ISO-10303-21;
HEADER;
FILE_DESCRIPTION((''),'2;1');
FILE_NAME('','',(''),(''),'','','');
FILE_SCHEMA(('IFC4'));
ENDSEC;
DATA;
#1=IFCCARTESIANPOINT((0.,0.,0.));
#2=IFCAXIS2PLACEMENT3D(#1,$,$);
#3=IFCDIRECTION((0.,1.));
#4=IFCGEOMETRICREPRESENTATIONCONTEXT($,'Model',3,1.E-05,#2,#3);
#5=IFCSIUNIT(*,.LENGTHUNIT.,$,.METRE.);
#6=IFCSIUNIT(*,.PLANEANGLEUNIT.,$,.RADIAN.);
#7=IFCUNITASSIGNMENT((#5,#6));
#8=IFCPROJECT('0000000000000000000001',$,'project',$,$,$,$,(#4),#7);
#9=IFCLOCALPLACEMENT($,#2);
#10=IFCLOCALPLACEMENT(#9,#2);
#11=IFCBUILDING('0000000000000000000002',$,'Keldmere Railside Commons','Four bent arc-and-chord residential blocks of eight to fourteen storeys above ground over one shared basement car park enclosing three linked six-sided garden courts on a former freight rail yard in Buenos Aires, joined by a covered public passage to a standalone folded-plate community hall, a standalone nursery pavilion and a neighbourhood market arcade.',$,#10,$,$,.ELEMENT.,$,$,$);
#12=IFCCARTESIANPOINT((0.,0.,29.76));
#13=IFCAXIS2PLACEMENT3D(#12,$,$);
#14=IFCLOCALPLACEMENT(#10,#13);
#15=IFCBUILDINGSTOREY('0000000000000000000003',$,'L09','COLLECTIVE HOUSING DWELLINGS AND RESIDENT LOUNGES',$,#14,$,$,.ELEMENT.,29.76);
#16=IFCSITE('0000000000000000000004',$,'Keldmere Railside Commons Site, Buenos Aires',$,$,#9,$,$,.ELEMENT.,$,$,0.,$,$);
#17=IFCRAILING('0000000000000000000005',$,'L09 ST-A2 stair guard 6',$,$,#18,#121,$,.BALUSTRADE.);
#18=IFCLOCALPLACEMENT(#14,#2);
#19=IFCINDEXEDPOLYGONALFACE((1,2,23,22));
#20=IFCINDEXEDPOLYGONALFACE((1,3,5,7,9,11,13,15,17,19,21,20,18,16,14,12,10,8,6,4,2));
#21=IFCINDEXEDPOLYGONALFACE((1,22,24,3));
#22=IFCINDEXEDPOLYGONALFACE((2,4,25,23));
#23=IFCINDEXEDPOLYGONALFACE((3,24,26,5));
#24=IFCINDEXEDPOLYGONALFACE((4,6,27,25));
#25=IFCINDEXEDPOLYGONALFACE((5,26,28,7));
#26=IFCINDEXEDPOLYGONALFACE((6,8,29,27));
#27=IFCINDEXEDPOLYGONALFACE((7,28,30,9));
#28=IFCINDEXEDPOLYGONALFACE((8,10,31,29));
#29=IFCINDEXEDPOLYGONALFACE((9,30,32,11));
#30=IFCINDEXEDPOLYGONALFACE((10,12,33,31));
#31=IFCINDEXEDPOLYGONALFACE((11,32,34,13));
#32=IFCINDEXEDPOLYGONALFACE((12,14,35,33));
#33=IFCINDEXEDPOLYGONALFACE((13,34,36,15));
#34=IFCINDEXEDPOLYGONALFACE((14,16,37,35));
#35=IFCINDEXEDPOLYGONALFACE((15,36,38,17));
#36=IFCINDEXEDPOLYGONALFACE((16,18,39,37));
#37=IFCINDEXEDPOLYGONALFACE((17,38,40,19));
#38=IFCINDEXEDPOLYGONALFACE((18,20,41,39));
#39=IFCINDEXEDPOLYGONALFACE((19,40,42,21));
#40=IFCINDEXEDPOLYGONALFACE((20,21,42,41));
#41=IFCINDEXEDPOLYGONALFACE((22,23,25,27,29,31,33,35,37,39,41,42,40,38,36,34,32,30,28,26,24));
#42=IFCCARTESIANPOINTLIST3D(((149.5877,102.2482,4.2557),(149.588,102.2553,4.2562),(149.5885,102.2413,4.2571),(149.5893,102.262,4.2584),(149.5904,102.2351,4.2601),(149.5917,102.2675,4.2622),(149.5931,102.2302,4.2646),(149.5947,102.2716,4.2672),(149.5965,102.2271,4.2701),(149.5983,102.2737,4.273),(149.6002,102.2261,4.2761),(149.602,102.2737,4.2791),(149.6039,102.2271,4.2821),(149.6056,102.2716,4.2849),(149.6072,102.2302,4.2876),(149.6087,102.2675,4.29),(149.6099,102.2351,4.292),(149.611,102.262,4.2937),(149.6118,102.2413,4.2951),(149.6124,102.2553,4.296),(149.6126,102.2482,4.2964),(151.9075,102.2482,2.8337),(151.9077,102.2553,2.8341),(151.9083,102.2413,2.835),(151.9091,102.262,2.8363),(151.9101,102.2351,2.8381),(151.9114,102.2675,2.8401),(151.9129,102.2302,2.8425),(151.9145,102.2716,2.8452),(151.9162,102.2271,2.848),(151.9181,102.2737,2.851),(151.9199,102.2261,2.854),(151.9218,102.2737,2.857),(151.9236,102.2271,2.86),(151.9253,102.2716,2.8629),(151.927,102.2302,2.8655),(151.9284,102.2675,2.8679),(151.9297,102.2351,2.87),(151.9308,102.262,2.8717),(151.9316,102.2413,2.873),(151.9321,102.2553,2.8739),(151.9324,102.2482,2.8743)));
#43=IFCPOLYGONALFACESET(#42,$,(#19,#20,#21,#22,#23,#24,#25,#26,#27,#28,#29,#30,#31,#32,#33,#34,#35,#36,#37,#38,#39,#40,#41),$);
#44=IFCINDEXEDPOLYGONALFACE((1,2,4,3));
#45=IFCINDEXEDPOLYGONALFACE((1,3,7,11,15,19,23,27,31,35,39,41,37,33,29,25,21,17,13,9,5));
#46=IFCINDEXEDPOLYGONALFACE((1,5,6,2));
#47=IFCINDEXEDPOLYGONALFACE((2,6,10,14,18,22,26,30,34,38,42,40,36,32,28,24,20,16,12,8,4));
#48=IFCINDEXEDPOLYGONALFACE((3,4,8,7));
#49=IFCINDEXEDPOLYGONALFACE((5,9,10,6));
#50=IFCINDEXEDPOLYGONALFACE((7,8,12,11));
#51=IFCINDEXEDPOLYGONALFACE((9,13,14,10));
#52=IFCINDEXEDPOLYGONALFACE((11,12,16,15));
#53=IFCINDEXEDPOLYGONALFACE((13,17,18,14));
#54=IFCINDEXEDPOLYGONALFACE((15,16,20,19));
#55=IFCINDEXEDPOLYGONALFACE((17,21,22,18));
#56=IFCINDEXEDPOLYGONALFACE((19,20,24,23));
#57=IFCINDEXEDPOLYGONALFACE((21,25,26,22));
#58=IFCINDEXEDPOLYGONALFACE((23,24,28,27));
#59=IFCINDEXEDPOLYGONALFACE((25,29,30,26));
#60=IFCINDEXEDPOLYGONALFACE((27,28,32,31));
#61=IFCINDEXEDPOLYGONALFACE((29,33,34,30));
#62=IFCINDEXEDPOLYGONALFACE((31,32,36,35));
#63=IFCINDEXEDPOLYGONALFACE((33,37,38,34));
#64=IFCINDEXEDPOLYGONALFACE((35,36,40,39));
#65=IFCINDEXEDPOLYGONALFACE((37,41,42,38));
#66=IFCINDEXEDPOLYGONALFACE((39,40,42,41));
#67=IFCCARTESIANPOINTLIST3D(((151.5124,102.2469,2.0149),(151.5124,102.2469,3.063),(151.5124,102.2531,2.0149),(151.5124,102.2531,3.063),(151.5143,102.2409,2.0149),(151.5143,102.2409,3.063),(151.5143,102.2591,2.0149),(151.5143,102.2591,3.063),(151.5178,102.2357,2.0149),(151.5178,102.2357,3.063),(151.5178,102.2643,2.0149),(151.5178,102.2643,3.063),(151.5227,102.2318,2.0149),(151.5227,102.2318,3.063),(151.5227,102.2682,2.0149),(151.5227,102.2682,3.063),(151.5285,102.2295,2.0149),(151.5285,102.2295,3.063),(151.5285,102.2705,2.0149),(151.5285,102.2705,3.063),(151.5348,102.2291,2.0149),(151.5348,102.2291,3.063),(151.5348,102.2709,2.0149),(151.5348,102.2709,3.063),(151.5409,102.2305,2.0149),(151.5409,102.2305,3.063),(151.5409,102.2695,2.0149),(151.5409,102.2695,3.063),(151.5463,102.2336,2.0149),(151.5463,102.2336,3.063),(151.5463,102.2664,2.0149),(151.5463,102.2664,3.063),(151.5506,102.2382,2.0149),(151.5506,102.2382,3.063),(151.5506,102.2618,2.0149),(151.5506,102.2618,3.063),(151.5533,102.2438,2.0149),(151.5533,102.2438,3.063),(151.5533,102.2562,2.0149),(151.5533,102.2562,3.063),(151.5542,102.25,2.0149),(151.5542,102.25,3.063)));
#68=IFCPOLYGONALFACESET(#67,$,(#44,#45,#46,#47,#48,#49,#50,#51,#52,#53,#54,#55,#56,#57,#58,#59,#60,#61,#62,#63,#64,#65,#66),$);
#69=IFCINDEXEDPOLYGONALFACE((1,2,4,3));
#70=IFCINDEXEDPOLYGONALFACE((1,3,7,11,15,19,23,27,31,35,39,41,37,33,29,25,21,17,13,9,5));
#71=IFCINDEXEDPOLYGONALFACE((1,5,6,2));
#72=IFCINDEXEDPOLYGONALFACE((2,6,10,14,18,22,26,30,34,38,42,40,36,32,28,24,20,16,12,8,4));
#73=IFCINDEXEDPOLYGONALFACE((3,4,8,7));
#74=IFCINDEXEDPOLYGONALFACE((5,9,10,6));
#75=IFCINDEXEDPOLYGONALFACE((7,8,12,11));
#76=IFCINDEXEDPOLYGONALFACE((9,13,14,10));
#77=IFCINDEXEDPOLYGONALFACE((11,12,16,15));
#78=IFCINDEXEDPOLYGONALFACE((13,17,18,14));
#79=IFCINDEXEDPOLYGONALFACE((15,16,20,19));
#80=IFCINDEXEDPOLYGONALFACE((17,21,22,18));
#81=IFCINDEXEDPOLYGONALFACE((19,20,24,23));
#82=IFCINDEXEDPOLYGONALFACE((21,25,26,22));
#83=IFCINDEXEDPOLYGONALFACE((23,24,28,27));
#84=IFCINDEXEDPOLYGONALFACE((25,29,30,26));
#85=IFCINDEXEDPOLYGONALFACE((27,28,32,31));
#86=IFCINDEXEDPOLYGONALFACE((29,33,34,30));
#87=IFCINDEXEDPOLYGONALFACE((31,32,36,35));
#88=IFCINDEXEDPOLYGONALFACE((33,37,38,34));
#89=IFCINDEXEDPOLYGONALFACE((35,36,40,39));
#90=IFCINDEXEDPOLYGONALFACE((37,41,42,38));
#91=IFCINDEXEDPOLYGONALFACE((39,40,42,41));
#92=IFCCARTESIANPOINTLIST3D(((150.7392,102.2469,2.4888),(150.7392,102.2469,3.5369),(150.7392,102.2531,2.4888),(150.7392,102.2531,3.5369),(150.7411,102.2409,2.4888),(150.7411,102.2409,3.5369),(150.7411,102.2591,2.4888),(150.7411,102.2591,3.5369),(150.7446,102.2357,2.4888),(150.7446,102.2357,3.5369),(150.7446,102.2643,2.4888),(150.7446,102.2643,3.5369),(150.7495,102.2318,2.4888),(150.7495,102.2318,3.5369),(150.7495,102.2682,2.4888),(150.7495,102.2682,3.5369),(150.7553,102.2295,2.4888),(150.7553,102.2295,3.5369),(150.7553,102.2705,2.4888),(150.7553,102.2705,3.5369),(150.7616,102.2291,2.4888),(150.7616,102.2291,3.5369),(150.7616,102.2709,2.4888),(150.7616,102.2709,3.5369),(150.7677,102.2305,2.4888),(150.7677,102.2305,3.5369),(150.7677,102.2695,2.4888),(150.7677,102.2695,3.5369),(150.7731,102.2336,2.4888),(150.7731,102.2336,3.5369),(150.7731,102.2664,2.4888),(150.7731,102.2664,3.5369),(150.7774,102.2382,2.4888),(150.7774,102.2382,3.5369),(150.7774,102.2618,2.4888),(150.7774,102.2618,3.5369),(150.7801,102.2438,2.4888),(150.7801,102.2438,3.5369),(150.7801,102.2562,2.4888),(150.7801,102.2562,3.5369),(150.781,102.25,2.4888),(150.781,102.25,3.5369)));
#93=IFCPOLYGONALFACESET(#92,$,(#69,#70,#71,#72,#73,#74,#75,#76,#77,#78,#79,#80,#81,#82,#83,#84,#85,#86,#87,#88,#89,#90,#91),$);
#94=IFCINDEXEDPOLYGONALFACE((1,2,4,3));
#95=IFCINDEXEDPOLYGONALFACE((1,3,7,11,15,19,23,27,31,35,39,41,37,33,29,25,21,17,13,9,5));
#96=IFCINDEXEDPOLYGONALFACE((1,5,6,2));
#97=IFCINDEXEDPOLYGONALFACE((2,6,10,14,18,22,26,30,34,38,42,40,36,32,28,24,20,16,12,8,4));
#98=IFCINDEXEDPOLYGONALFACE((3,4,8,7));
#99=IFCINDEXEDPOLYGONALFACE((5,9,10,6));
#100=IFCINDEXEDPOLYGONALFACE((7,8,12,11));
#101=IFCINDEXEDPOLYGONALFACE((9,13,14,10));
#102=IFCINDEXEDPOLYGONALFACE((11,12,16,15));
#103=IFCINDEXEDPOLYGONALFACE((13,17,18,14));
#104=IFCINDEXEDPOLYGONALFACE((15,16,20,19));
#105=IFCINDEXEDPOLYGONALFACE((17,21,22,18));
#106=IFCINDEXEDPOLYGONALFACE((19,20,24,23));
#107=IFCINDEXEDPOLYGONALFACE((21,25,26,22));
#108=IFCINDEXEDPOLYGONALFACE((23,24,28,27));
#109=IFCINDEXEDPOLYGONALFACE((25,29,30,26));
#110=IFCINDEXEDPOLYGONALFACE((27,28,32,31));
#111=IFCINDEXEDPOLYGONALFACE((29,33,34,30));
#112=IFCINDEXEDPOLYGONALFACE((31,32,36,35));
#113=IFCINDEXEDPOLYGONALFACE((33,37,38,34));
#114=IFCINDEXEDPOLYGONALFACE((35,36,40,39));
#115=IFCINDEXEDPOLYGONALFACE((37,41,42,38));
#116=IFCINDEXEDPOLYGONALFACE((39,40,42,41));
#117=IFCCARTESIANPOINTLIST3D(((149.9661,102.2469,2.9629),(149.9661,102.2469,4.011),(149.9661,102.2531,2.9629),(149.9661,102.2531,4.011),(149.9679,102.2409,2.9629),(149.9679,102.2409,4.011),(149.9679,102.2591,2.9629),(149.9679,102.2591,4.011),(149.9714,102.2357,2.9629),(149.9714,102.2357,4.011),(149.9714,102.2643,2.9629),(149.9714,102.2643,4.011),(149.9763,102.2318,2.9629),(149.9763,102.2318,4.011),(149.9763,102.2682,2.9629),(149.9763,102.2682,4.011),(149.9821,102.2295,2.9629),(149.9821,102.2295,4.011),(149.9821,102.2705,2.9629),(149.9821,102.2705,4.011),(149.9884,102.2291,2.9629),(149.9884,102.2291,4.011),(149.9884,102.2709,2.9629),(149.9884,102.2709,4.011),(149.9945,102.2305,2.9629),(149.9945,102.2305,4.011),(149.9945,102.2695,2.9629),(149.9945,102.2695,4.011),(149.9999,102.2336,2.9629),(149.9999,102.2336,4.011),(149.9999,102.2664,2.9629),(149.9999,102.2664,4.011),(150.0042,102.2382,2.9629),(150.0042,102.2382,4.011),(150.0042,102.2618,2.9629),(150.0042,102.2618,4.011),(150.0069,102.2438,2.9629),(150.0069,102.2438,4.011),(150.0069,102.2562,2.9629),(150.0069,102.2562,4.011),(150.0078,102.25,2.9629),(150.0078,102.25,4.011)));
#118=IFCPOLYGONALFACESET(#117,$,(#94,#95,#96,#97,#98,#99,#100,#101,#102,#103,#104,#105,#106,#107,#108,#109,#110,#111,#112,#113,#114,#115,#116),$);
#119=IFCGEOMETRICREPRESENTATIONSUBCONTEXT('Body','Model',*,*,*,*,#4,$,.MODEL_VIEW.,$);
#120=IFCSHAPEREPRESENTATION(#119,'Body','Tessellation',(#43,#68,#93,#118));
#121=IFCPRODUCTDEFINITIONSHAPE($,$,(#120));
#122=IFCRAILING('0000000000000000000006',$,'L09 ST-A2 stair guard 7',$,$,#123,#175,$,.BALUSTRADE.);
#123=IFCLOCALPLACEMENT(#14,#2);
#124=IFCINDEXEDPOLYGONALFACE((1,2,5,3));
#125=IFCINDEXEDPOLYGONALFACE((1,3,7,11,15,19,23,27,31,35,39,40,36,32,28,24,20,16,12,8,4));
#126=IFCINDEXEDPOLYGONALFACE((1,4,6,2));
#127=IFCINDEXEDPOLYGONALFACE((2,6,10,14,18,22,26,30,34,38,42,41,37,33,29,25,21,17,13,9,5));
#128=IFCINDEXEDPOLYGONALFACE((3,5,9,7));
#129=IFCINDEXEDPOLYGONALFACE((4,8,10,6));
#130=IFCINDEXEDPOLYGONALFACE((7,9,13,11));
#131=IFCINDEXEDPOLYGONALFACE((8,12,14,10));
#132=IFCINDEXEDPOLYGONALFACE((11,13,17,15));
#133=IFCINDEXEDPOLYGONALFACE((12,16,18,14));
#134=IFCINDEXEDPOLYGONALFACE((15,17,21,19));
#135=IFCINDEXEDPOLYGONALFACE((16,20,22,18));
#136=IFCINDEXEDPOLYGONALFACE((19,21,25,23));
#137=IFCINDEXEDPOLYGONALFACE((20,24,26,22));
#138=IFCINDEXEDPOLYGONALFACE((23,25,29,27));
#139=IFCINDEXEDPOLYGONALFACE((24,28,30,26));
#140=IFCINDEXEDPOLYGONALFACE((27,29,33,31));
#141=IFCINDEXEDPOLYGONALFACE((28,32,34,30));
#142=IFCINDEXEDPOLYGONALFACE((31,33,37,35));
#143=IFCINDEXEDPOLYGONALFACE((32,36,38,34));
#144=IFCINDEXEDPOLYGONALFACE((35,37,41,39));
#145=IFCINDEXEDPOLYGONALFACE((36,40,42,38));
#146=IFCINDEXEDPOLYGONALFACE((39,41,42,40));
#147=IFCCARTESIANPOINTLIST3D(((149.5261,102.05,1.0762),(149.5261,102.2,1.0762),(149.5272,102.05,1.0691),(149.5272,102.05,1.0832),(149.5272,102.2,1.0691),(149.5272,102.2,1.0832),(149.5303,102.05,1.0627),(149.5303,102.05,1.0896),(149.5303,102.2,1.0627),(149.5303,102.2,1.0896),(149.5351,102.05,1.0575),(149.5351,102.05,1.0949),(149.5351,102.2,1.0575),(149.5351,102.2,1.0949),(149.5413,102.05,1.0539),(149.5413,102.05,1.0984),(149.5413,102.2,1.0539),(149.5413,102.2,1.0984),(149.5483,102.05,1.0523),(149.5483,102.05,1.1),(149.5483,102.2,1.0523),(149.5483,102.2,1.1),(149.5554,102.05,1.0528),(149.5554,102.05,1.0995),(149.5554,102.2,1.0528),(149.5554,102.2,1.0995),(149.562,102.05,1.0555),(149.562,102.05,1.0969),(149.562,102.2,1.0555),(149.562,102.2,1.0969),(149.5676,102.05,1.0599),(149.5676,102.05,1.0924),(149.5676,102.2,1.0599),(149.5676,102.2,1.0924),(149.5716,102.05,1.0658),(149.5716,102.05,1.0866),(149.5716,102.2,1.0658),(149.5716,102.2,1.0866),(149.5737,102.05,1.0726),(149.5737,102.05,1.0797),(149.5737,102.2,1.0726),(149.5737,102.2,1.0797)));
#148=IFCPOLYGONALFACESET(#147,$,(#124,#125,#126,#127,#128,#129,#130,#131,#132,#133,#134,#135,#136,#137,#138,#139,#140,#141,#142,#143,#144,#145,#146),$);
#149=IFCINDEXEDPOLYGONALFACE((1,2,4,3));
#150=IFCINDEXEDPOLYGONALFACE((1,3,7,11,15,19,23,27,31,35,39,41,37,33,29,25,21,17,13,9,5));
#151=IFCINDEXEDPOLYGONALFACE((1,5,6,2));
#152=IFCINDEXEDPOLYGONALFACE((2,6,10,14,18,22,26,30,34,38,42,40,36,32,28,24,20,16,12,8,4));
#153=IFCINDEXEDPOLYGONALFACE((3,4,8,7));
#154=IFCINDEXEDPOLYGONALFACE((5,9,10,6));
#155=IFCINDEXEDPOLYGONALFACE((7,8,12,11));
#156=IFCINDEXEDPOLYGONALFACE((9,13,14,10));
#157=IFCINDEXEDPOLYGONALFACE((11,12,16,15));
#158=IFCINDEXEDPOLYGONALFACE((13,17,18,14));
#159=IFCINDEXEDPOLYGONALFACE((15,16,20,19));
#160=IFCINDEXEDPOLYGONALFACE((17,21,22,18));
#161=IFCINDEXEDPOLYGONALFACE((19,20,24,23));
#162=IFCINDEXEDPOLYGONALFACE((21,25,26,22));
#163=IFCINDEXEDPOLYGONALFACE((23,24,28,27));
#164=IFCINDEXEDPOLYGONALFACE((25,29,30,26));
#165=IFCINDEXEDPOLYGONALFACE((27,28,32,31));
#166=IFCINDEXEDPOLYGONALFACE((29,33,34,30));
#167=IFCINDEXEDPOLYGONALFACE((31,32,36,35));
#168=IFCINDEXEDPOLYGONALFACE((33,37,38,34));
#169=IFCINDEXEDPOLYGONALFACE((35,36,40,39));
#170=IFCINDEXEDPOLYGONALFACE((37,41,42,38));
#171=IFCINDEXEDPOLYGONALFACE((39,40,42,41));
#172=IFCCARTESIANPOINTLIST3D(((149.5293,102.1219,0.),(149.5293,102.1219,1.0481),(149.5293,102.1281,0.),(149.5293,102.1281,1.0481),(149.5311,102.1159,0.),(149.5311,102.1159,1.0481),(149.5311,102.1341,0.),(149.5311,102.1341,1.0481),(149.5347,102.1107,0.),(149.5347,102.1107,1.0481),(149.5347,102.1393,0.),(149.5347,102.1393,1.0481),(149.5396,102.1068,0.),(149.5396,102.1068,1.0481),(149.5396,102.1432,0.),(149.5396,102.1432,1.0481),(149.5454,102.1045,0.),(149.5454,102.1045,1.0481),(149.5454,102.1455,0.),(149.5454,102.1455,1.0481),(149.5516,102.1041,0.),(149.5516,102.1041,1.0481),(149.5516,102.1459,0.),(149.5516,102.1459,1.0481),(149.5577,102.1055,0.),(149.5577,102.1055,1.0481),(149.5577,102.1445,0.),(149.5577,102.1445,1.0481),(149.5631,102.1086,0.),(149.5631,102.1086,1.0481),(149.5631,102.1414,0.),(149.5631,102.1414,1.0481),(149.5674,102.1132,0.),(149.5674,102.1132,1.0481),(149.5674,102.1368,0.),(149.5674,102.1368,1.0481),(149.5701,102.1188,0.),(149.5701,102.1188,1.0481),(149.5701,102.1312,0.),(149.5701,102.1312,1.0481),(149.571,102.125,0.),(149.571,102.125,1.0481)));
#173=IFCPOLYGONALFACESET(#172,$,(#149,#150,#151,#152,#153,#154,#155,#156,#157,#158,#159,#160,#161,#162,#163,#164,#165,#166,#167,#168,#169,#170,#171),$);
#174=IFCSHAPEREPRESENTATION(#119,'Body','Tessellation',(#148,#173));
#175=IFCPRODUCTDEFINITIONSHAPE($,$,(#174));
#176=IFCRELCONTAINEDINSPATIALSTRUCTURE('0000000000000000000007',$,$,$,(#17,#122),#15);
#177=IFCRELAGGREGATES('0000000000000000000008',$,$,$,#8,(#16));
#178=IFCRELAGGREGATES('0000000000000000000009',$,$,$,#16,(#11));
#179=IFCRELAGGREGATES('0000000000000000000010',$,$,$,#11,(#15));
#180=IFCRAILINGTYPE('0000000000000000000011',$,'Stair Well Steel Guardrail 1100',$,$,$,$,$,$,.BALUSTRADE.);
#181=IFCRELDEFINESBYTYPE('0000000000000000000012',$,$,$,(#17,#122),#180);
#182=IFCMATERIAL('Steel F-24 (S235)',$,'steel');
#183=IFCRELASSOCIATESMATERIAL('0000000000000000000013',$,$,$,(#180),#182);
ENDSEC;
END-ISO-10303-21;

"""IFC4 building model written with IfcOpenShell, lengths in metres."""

from ifc_helpers import new_model, si_unit, direction, frame, origin, origin_2d, place, context, subcontext, project, spatial, circle, extrude, material, type_object, element, save


model = new_model("IFC4")

# Units and contexts
model_context = context("Model", 3, precision=1e-05, world=origin(), true_north=direction((0.0, 1.0)))
body_context = subcontext(model_context, "Body", "Model", "MODEL_VIEW")
ifc_project = project(units=[si_unit("LENGTHUNIT", "METRE"), si_unit("PLANEANGLEUNIT", "RADIAN")], contexts=[model_context])

# Site, building, storey
site_placement = place(None, origin())
site = spatial("IfcSite", under=ifc_project, at=site_placement, Name="Keldmere Railside Commons Site, Buenos Aires", CompositionType="ELEMENT", RefElevation=0.0)
building_placement = place(site_placement, origin())
building = spatial("IfcBuilding", under=site, at=building_placement, Name="Keldmere Railside Commons", Description="Four bent arc-and-chord residential blocks of eight to fourteen storeys above ground over one shared basement car park enclosing three linked six-sided garden courts on a former freight rail yard in Buenos Aires, joined by a covered public passage to a standalone folded-plate community hall, a standalone nursery pavilion and a neighbourhood market arcade.", CompositionType="ELEMENT")
storey_placement = place(building_placement, frame((0.0, 0.0, 29.76)))
storey = spatial("IfcBuildingStorey", under=building, at=storey_placement, Name="L09", Description="COLLECTIVE HOUSING DWELLINGS AND RESIDENT LOUNGES", CompositionType="ELEMENT", Elevation=29.76)

# Railings
ifc_material_1 = material(Name="Steel F-24 (S235)", Category="steel")
railing_type_1 = type_object("IfcRailingType", Name="Stair Well Steel Guardrail 1100", PredefinedType="BALUSTRADE", material=ifc_material_1)
railing_1_placement = place(storey_placement, frame((151.9199, 102.25, 1.7778)))
element("IfcRailing", 1, at=railing_1_placement, inside=storey, type_object=railing_type_1, Name="L09 ST-A2 stair guard 6", PredefinedType="BALUSTRADE", context=body_context, shape_type="SweptSolid", body=[
    extrude(circle(Radius=0.0239, at=origin_2d()), frame((0.0, 0.0, 1.0762), z_axis=(-0.852554, 0.0, 0.52264), x_axis=(0.0, -1.0, 0.0)), (0.0, 0.0, 1.0), 2.7209),
    extrude(circle(Radius=0.021, at=origin_2d()), frame((-0.3867, 0.0, 0.2371)), (0.0, 0.0, 1.0), 1.0481),
    extrude(circle(Radius=0.021, at=origin_2d()), frame((-1.1599, 0.0, 0.7109)), (0.0, 0.0, 1.0), 1.0481),
    extrude(circle(Radius=0.021, at=origin_2d()), frame((-1.9331, 0.0, 1.1851)), (0.0, 0.0, 1.0), 1.0481),
])
railing_2_placement = place(storey_placement, frame((149.55, 102.05, 0.0)))
element("IfcRailing", 2, at=railing_2_placement, inside=storey, type_object=railing_type_1, Name="L09 ST-A2 stair guard 7", PredefinedType="BALUSTRADE", context=body_context, shape_type="SweptSolid", body=[
    extrude(circle(Radius=0.0239, at=origin_2d()), frame((0.0, 0.0, 1.0762), z_axis=(0.0, 1.0, 0.0), x_axis=(-1.0, 0.0, 0.0)), (0.0, 0.0, 1.0), 0.1499),
    extrude(circle(Radius=0.021, at=origin_2d()), frame((0.0, 0.075, 0.0)), (0.0, 0.0, 1.0), 1.0481),
])

save(model, "model.ifc")
